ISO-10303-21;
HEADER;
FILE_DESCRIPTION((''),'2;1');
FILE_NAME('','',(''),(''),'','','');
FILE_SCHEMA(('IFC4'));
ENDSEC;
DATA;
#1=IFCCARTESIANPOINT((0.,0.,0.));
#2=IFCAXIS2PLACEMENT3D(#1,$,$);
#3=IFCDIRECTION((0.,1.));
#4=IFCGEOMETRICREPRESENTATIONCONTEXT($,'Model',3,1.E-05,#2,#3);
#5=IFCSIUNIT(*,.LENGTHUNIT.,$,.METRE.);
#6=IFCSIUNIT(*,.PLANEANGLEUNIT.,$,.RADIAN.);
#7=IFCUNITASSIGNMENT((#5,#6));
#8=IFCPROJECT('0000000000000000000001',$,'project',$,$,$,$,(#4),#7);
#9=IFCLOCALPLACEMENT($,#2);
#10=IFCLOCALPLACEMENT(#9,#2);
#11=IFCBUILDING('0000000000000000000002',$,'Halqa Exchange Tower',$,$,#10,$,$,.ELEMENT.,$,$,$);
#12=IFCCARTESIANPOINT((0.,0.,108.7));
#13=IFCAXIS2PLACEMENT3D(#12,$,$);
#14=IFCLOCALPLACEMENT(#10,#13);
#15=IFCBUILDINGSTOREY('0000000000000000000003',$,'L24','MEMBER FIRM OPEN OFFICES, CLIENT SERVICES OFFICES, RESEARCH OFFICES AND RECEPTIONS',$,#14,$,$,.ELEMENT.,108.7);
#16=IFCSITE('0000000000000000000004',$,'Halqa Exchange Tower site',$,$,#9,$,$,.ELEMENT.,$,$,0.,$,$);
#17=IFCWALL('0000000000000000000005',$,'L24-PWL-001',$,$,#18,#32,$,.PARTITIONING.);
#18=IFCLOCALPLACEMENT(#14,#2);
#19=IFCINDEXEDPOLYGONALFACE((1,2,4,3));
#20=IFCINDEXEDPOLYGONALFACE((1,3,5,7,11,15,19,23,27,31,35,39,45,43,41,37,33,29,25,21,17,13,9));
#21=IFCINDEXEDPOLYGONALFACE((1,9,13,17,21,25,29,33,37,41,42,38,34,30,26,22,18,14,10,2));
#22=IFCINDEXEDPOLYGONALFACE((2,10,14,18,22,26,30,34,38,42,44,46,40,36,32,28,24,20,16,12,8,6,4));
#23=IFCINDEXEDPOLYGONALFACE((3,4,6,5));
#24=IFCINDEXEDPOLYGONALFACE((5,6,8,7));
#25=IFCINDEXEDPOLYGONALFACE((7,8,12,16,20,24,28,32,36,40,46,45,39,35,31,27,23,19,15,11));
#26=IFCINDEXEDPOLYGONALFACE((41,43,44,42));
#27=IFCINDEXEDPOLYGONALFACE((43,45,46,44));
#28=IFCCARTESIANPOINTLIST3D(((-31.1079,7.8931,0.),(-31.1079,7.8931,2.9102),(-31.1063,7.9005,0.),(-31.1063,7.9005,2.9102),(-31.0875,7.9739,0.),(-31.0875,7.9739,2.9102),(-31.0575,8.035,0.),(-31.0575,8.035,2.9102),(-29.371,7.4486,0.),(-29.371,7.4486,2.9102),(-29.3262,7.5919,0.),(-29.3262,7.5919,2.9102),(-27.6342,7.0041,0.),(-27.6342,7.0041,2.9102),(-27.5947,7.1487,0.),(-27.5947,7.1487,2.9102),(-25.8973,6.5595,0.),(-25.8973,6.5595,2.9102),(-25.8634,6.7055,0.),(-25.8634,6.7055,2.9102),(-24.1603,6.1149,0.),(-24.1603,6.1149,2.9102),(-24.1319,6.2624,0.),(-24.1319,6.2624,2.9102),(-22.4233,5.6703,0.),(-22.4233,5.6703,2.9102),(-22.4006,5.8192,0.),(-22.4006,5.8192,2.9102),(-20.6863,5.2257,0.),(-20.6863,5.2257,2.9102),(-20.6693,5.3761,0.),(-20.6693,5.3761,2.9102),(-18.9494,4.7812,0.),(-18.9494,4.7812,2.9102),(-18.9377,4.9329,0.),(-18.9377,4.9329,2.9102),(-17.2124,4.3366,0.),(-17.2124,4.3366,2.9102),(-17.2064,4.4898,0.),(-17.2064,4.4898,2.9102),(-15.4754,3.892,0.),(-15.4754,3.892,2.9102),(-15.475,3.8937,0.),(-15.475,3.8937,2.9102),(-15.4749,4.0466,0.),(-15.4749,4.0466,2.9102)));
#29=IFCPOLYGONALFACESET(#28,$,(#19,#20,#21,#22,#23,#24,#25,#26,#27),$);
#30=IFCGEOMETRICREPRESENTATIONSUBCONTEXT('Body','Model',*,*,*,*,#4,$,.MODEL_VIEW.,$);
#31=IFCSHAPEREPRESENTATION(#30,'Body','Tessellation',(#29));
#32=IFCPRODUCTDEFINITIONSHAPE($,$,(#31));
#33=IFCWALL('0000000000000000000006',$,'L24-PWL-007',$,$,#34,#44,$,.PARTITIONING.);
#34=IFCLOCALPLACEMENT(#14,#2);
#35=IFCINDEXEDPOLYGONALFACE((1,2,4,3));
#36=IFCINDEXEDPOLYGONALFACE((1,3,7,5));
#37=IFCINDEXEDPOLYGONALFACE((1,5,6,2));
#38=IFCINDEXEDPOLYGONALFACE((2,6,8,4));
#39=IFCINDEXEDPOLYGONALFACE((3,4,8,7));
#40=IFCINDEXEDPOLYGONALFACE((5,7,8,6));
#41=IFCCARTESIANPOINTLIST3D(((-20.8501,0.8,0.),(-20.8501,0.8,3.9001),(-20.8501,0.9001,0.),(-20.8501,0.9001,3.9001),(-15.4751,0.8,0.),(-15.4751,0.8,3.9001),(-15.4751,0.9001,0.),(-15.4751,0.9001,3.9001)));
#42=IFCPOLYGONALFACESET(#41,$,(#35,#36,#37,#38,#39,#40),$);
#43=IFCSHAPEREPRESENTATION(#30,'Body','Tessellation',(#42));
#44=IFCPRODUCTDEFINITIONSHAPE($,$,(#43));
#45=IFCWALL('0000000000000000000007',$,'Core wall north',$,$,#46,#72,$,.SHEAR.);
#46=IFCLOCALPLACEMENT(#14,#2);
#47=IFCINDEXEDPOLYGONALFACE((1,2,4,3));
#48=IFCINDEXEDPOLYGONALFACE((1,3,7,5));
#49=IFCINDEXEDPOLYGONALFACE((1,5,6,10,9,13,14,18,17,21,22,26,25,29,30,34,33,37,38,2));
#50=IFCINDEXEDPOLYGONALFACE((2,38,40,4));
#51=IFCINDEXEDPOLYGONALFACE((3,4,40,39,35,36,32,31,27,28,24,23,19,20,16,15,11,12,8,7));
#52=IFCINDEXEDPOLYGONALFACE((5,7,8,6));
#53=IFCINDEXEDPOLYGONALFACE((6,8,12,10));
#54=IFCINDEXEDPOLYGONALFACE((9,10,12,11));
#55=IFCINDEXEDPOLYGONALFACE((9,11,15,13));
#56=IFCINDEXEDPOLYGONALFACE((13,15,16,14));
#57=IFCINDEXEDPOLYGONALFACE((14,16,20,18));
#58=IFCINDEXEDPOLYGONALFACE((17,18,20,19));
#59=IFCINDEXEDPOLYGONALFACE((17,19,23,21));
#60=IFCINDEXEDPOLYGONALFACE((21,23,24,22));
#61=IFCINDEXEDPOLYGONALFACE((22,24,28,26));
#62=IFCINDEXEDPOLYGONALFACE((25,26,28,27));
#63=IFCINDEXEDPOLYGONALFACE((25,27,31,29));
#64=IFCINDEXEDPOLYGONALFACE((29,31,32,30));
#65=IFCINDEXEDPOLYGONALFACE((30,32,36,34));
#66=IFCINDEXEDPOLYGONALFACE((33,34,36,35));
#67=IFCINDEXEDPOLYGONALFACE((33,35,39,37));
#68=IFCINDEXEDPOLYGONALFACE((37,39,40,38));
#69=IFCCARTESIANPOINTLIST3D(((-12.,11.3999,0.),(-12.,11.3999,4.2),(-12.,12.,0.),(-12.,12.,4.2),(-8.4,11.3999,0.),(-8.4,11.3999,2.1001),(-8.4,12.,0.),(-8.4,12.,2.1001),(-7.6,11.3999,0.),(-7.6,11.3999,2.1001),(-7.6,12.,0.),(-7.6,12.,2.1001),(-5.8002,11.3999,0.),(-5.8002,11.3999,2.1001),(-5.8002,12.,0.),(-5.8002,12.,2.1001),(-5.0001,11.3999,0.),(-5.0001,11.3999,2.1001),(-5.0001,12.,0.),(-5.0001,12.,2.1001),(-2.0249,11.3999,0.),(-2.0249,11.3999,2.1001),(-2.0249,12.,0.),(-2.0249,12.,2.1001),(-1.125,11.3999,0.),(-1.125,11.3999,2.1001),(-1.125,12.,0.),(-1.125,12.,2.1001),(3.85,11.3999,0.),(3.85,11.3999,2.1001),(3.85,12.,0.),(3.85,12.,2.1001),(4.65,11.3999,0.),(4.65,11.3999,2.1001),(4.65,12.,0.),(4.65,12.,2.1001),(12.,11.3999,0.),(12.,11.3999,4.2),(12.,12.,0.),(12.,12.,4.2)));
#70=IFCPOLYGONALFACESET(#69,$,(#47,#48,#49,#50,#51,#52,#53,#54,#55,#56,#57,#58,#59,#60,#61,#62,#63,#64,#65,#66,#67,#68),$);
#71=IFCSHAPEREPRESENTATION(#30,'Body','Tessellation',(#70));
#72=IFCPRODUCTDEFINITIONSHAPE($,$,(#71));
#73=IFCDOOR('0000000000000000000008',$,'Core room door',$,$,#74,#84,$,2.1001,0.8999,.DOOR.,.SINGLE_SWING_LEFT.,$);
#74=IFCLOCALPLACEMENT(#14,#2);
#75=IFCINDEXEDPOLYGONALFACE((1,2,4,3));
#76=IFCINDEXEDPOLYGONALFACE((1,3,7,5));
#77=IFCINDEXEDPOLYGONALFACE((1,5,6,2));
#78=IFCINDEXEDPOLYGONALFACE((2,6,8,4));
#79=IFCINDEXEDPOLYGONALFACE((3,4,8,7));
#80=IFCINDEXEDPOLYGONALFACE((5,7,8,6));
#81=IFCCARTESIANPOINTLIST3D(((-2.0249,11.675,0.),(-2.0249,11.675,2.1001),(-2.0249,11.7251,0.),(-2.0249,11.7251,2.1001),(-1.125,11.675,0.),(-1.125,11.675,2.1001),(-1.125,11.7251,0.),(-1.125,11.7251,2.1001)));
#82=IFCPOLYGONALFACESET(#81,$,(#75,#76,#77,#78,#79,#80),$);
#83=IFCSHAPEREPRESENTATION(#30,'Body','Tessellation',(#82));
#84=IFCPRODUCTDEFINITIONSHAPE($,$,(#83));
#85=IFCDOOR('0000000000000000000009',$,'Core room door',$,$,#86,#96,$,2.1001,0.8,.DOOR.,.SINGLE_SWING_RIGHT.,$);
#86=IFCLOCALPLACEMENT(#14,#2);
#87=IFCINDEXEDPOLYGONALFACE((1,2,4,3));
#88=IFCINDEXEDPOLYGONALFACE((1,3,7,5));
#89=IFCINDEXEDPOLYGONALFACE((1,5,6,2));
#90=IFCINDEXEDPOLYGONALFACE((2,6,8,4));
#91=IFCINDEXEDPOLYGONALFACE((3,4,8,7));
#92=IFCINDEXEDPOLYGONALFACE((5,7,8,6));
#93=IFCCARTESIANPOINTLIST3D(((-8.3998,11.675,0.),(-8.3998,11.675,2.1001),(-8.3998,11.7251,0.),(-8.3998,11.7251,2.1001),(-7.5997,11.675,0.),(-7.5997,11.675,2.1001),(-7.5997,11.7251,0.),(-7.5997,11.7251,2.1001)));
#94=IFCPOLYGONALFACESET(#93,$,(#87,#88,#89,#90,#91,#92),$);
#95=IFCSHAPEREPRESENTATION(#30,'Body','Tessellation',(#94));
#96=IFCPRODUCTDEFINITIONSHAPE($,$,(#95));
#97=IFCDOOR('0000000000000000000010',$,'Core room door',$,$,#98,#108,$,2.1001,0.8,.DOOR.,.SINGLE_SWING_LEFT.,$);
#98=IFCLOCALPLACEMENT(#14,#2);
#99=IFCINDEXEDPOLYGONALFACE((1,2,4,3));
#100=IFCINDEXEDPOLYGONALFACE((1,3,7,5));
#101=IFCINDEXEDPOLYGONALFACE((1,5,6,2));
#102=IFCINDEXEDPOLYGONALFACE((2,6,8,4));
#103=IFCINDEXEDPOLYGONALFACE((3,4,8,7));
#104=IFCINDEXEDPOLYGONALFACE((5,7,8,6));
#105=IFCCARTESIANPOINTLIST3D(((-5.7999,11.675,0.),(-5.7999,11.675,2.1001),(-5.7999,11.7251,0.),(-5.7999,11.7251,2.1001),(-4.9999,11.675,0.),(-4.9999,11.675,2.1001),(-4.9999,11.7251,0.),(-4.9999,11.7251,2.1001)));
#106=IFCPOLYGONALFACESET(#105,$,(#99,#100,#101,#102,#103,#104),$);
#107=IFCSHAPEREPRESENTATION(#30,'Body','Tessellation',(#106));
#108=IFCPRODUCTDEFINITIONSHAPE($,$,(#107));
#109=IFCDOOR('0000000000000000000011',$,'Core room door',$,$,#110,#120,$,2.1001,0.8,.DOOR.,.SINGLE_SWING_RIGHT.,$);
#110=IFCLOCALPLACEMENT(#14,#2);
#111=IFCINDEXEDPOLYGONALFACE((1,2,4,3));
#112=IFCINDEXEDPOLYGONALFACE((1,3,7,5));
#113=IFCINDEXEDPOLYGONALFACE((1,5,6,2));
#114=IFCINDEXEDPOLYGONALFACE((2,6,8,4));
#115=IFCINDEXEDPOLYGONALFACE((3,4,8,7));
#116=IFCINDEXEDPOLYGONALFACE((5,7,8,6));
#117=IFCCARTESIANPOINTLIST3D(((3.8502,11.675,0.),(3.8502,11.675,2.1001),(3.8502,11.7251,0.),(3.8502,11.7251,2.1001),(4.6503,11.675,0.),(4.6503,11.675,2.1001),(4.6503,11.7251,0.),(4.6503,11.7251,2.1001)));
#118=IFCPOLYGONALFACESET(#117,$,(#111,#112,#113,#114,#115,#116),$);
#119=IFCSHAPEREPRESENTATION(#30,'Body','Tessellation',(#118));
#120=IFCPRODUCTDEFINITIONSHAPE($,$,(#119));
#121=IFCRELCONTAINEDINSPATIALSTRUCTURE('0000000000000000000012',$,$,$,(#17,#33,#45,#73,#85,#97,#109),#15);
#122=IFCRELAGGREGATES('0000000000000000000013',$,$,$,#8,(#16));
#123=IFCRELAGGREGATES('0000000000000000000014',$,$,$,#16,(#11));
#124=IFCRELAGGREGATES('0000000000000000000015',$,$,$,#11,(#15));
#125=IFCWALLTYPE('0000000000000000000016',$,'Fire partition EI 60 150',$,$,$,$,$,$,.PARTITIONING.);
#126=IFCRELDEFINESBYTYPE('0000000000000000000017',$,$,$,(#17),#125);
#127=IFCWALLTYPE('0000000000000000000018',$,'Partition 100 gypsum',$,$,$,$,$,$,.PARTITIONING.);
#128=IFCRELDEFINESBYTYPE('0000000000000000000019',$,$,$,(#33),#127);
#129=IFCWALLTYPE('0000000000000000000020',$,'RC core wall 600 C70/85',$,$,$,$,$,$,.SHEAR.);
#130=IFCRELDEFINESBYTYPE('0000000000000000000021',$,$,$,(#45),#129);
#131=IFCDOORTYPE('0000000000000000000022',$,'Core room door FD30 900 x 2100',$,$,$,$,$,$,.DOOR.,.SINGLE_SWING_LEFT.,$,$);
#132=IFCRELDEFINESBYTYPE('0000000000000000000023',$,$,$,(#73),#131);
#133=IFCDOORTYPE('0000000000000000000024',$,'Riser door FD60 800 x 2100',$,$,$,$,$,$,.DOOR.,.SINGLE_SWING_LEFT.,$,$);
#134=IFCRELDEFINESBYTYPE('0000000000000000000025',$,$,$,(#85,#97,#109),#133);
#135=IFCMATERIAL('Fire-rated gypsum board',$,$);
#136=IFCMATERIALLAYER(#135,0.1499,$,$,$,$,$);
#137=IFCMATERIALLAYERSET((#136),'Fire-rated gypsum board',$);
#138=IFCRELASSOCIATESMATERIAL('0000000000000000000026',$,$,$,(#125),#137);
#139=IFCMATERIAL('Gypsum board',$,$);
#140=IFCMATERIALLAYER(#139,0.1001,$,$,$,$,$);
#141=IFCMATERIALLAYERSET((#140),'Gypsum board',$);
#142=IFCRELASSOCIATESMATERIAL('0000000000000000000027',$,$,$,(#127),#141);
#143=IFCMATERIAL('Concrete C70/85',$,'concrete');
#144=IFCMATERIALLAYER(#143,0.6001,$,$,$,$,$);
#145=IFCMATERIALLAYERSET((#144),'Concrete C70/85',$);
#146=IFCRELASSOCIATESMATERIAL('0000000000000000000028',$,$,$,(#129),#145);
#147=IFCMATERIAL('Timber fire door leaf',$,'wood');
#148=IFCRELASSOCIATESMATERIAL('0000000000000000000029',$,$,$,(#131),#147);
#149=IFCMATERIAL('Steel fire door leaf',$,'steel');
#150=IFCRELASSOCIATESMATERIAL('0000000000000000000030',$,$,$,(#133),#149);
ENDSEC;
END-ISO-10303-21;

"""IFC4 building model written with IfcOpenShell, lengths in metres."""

from ifc_helpers import new_model, si_unit, direction, frame, frame_2d, origin, place, context, subcontext, project, spatial, polyline, rectangle, outline, extrude, material, layer, layer_set, type_object, element, fill, save


model = new_model("IFC4")

# Units and contexts
model_context = context("Model", 3, precision=1e-05, world=origin(), true_north=direction((0.0, 1.0)))
body_context = subcontext(model_context, "Body", "Model", "MODEL_VIEW")
ifc_project = project(units=[si_unit("LENGTHUNIT", "METRE"), si_unit("PLANEANGLEUNIT", "RADIAN")], contexts=[model_context])

# Site, building, storey
site_placement = place(None, origin())
site = spatial("IfcSite", under=ifc_project, at=site_placement, Name="Halqa Exchange Tower site", CompositionType="ELEMENT", RefElevation=0.0)
building_placement = place(site_placement, origin())
building = spatial("IfcBuilding", under=site, at=building_placement, Name="Halqa Exchange Tower", CompositionType="ELEMENT")
storey_placement = place(building_placement, frame((0.0, 0.0, 108.7)))
storey = spatial("IfcBuildingStorey", under=building, at=storey_placement, Name="L24", Description="MEMBER FIRM OPEN OFFICES, CLIENT SERVICES OFFICES, RESEARCH OFFICES AND RECEPTIONS", CompositionType="ELEMENT", Elevation=108.7)

# Shared definitions
ifc_material_1 = material(Name="Concrete C70/85", Category="concrete")

# Wall
ifc_material_2 = material(Name="Fire-rated gypsum board")
ifc_layer_1 = layer(ifc_material_2, 0.1499)
ifc_layer_set_1 = layer_set([ifc_layer_1], Name="Fire-rated gypsum board")
wall_type_1 = type_object("IfcWallType", Name="Fire partition EI 60 150", PredefinedType="PARTITIONING", material=ifc_layer_set_1)
wall_1_placement = place(storey_placement, frame((-31.0896, 7.9658, 0.0), z_axis=(0.0, 0.0, 1.0), x_axis=(0.968771, -0.247957, 0.0)))
element("IfcWall", 1, at=wall_1_placement, inside=storey, type_object=wall_type_1, Name="L24-PWL-001", PredefinedType="PARTITIONING", context=body_context, shape_type="SweptSolid", body=[
    extrude(outline(polyline([(16.1367, -0.075), (16.1367, -0.0732), (16.0989, 0.075), (14.3115, 0.075), (12.5244, 0.075), (10.7371, 0.075), (8.95, 0.075), (7.1628, 0.075), (5.3755, 0.075), (3.5884, 0.075), (1.801, 0.075), (0.0139, 0.075), (0.0, 0.0083), (0.0, -0.0674), (0.0002, -0.075), (1.7932, -0.075), (3.5859, -0.075), (5.3789, -0.075), (7.1719, -0.075), (8.9648, -0.075), (10.7578, -0.075), (12.5508, -0.075), (14.3438, -0.075), (16.1367, -0.075)])), origin(), (0.0, 0.0, 1.0), 2.9102),
])

# Shared definitions
ifc_material_3 = material(Name="Gypsum board")
ifc_layer_2 = layer(ifc_material_3, 0.1001)
ifc_layer_set_2 = layer_set([ifc_layer_2], Name="Gypsum board")
wall_type_2 = type_object("IfcWallType", Name="Partition 100 gypsum", PredefinedType="PARTITIONING", material=ifc_layer_set_2)

# Wall
wall_2_placement = place(storey_placement, frame((-20.8501, 0.8501, 0.0), z_axis=(0.0, 0.0, 1.0), x_axis=(1.0, 0.0, 0.0)))
element("IfcWall", 2, at=wall_2_placement, inside=storey, type_object=wall_type_2, Name="L24-PWL-007", PredefinedType="PARTITIONING", context=body_context, shape_type="SweptSolid", body=[
    extrude(rectangle(XDim=5.375, YDim=0.1001, at=frame_2d((2.6875, 0.0))), origin(), (0.0, 0.0, 1.0), 3.9001),
])

# Wall, openings, doors
ifc_layer_3 = layer(ifc_material_1, 0.6001)
ifc_layer_set_3 = layer_set([ifc_layer_3], Name="Concrete C70/85")
wall_type_3 = type_object("IfcWallType", Name="RC core wall 600 C70/85", PredefinedType="SHEAR", material=ifc_layer_set_3)
wall_3_placement = place(storey_placement, frame((-12.0, 11.7, 0.0), z_axis=(0.0, 0.0, 1.0), x_axis=(1.0, 0.0, 0.0)))
wall_3 = element("IfcWall", 3, at=wall_3_placement, inside=storey, type_object=wall_type_3, Name="Core wall north", PredefinedType="SHEAR", context=body_context, shape_type="SweptSolid", body=[
    extrude(rectangle(XDim=24.0, YDim=0.6001, at=frame_2d((12.0, 0.0))), origin(), (0.0, 0.0, 1.0), 4.2),
])
opening_1_placement = place(wall_3_placement, frame((9.9751, 0.0, 0.0)))
opening_1 = element("IfcOpeningElement", 4, at=opening_1_placement, cuts=wall_3, PredefinedType="OPENING", context=body_context, shape_type="SweptSolid", body=[
    extrude(rectangle(XDim=0.8999, YDim=2.1001, at=frame_2d((0.45, 1.05))), frame((0.0, 0.312, 0.0), z_axis=(0.0, -1.0, 0.0), x_axis=(1.0, 0.0, 0.0)), (0.0, 0.0, 1.0), 0.624),
])
opening_2_placement = place(wall_3_placement, frame((3.6001, 0.0, 0.0)))
opening_2 = element("IfcOpeningElement", 5, at=opening_2_placement, cuts=wall_3, PredefinedType="OPENING", context=body_context, shape_type="SweptSolid", body=[
    extrude(rectangle(XDim=0.8, YDim=2.1001, at=frame_2d((0.3999, 1.05))), frame((0.0, 0.312, 0.0), z_axis=(0.0, -1.0, 0.0), x_axis=(1.0, 0.0, 0.0)), (0.0, 0.0, 1.0), 0.624),
])
opening_3_placement = place(wall_3_placement, frame((6.2, 0.0, 0.0)))
opening_3 = element("IfcOpeningElement", 6, at=opening_3_placement, cuts=wall_3, PredefinedType="OPENING", context=body_context, shape_type="SweptSolid", body=[
    extrude(rectangle(XDim=0.8, YDim=2.1001, at=frame_2d((0.3999, 1.05))), frame((0.0, 0.312, 0.0), z_axis=(0.0, -1.0, 0.0), x_axis=(1.0, 0.0, 0.0)), (0.0, 0.0, 1.0), 0.624),
])
opening_4_placement = place(wall_3_placement, frame((15.8501, 0.0, 0.0)))
opening_4 = element("IfcOpeningElement", 7, at=opening_4_placement, cuts=wall_3, PredefinedType="OPENING", context=body_context, shape_type="SweptSolid", body=[
    extrude(rectangle(XDim=0.8, YDim=2.1001, at=frame_2d((0.3999, 1.05))), frame((0.0, 0.312, 0.0), z_axis=(0.0, -1.0, 0.0), x_axis=(1.0, 0.0, 0.0)), (0.0, 0.0, 1.0), 0.624),
])
ifc_material_4 = material(Name="Timber fire door leaf", Category="wood")
door_type_1 = type_object("IfcDoorType", Name="Core room door FD30 900 x 2100", OperationType="SINGLE_SWING_LEFT", PredefinedType="DOOR", material=ifc_material_4)
door_1_placement = place(opening_1_placement, frame((0.8999, 0.0, 0.0), z_axis=(0.0, 0.0, 1.0), x_axis=(-1.0, 0.0, 0.0)))
door_1 = element("IfcDoor", 8, at=door_1_placement, inside=storey, type_object=door_type_1, Name="Core room door", OperationType="SINGLE_SWING_LEFT", OverallHeight=2.1001, OverallWidth=0.8999, PredefinedType="DOOR", context=body_context, shape_type="SweptSolid", body=[
    extrude(rectangle(XDim=0.8999, YDim=2.1001, at=frame_2d((0.45, 1.05))), frame((0.0, 0.0249, 0.0), z_axis=(0.0, -1.0, 0.0), x_axis=(1.0, 0.0, 0.0)), (0.0, 0.0, 1.0), 0.05),
])
fill(opening_1, door_1)
ifc_material_5 = material(Name="Steel fire door leaf", Category="steel")
door_type_2 = type_object("IfcDoorType", Name="Riser door FD60 800 x 2100", OperationType="SINGLE_SWING_LEFT", PredefinedType="DOOR", material=ifc_material_5)
door_2_placement = place(opening_2_placement, frame((0.8, 0.0, 0.0), z_axis=(0.0, 0.0, 1.0), x_axis=(-1.0, 0.0, 0.0)))
door_2 = element("IfcDoor", 9, at=door_2_placement, inside=storey, type_object=door_type_2, Name="Core room door", OperationType="SINGLE_SWING_RIGHT", OverallHeight=2.1001, OverallWidth=0.8, PredefinedType="DOOR", context=body_context, shape_type="SweptSolid", body=[
    extrude(rectangle(XDim=0.8, YDim=2.1001, at=frame_2d((0.3999, 1.05))), frame((0.0, 0.0249, 0.0), z_axis=(0.0, -1.0, 0.0), x_axis=(1.0, 0.0, 0.0)), (0.0, 0.0, 1.0), 0.05),
])
fill(opening_2, door_2)
door_3_placement = place(opening_3_placement, frame((0.8, 0.0, 0.0), z_axis=(0.0, 0.0, 1.0), x_axis=(-1.0, 0.0, 0.0)))
door_3 = element("IfcDoor", 10, at=door_3_placement, inside=storey, type_object=door_type_2, Name="Core room door", OperationType="SINGLE_SWING_LEFT", OverallHeight=2.1001, OverallWidth=0.8, PredefinedType="DOOR", context=body_context, shape_type="SweptSolid", body=[
    extrude(rectangle(XDim=0.8, YDim=2.1001, at=frame_2d((0.3999, 1.05))), frame((0.0, 0.0249, 0.0), z_axis=(0.0, -1.0, 0.0), x_axis=(1.0, 0.0, 0.0)), (0.0, 0.0, 1.0), 0.05),
])
fill(opening_3, door_3)
door_4_placement = place(opening_4_placement, frame((0.8, 0.0, 0.0), z_axis=(0.0, 0.0, 1.0), x_axis=(-1.0, 0.0, 0.0)))
door_4 = element("IfcDoor", 11, at=door_4_placement, inside=storey, type_object=door_type_2, Name="Core room door", OperationType="SINGLE_SWING_RIGHT", OverallHeight=2.1001, OverallWidth=0.8, PredefinedType="DOOR", context=body_context, shape_type="SweptSolid", body=[
    extrude(rectangle(XDim=0.8, YDim=2.1001, at=frame_2d((0.3999, 1.05))), frame((0.0, 0.0249, 0.0), z_axis=(0.0, -1.0, 0.0), x_axis=(1.0, 0.0, 0.0)), (0.0, 0.0, 1.0), 0.05),
])
fill(opening_4, door_4)

save(model, "model.ifc")
